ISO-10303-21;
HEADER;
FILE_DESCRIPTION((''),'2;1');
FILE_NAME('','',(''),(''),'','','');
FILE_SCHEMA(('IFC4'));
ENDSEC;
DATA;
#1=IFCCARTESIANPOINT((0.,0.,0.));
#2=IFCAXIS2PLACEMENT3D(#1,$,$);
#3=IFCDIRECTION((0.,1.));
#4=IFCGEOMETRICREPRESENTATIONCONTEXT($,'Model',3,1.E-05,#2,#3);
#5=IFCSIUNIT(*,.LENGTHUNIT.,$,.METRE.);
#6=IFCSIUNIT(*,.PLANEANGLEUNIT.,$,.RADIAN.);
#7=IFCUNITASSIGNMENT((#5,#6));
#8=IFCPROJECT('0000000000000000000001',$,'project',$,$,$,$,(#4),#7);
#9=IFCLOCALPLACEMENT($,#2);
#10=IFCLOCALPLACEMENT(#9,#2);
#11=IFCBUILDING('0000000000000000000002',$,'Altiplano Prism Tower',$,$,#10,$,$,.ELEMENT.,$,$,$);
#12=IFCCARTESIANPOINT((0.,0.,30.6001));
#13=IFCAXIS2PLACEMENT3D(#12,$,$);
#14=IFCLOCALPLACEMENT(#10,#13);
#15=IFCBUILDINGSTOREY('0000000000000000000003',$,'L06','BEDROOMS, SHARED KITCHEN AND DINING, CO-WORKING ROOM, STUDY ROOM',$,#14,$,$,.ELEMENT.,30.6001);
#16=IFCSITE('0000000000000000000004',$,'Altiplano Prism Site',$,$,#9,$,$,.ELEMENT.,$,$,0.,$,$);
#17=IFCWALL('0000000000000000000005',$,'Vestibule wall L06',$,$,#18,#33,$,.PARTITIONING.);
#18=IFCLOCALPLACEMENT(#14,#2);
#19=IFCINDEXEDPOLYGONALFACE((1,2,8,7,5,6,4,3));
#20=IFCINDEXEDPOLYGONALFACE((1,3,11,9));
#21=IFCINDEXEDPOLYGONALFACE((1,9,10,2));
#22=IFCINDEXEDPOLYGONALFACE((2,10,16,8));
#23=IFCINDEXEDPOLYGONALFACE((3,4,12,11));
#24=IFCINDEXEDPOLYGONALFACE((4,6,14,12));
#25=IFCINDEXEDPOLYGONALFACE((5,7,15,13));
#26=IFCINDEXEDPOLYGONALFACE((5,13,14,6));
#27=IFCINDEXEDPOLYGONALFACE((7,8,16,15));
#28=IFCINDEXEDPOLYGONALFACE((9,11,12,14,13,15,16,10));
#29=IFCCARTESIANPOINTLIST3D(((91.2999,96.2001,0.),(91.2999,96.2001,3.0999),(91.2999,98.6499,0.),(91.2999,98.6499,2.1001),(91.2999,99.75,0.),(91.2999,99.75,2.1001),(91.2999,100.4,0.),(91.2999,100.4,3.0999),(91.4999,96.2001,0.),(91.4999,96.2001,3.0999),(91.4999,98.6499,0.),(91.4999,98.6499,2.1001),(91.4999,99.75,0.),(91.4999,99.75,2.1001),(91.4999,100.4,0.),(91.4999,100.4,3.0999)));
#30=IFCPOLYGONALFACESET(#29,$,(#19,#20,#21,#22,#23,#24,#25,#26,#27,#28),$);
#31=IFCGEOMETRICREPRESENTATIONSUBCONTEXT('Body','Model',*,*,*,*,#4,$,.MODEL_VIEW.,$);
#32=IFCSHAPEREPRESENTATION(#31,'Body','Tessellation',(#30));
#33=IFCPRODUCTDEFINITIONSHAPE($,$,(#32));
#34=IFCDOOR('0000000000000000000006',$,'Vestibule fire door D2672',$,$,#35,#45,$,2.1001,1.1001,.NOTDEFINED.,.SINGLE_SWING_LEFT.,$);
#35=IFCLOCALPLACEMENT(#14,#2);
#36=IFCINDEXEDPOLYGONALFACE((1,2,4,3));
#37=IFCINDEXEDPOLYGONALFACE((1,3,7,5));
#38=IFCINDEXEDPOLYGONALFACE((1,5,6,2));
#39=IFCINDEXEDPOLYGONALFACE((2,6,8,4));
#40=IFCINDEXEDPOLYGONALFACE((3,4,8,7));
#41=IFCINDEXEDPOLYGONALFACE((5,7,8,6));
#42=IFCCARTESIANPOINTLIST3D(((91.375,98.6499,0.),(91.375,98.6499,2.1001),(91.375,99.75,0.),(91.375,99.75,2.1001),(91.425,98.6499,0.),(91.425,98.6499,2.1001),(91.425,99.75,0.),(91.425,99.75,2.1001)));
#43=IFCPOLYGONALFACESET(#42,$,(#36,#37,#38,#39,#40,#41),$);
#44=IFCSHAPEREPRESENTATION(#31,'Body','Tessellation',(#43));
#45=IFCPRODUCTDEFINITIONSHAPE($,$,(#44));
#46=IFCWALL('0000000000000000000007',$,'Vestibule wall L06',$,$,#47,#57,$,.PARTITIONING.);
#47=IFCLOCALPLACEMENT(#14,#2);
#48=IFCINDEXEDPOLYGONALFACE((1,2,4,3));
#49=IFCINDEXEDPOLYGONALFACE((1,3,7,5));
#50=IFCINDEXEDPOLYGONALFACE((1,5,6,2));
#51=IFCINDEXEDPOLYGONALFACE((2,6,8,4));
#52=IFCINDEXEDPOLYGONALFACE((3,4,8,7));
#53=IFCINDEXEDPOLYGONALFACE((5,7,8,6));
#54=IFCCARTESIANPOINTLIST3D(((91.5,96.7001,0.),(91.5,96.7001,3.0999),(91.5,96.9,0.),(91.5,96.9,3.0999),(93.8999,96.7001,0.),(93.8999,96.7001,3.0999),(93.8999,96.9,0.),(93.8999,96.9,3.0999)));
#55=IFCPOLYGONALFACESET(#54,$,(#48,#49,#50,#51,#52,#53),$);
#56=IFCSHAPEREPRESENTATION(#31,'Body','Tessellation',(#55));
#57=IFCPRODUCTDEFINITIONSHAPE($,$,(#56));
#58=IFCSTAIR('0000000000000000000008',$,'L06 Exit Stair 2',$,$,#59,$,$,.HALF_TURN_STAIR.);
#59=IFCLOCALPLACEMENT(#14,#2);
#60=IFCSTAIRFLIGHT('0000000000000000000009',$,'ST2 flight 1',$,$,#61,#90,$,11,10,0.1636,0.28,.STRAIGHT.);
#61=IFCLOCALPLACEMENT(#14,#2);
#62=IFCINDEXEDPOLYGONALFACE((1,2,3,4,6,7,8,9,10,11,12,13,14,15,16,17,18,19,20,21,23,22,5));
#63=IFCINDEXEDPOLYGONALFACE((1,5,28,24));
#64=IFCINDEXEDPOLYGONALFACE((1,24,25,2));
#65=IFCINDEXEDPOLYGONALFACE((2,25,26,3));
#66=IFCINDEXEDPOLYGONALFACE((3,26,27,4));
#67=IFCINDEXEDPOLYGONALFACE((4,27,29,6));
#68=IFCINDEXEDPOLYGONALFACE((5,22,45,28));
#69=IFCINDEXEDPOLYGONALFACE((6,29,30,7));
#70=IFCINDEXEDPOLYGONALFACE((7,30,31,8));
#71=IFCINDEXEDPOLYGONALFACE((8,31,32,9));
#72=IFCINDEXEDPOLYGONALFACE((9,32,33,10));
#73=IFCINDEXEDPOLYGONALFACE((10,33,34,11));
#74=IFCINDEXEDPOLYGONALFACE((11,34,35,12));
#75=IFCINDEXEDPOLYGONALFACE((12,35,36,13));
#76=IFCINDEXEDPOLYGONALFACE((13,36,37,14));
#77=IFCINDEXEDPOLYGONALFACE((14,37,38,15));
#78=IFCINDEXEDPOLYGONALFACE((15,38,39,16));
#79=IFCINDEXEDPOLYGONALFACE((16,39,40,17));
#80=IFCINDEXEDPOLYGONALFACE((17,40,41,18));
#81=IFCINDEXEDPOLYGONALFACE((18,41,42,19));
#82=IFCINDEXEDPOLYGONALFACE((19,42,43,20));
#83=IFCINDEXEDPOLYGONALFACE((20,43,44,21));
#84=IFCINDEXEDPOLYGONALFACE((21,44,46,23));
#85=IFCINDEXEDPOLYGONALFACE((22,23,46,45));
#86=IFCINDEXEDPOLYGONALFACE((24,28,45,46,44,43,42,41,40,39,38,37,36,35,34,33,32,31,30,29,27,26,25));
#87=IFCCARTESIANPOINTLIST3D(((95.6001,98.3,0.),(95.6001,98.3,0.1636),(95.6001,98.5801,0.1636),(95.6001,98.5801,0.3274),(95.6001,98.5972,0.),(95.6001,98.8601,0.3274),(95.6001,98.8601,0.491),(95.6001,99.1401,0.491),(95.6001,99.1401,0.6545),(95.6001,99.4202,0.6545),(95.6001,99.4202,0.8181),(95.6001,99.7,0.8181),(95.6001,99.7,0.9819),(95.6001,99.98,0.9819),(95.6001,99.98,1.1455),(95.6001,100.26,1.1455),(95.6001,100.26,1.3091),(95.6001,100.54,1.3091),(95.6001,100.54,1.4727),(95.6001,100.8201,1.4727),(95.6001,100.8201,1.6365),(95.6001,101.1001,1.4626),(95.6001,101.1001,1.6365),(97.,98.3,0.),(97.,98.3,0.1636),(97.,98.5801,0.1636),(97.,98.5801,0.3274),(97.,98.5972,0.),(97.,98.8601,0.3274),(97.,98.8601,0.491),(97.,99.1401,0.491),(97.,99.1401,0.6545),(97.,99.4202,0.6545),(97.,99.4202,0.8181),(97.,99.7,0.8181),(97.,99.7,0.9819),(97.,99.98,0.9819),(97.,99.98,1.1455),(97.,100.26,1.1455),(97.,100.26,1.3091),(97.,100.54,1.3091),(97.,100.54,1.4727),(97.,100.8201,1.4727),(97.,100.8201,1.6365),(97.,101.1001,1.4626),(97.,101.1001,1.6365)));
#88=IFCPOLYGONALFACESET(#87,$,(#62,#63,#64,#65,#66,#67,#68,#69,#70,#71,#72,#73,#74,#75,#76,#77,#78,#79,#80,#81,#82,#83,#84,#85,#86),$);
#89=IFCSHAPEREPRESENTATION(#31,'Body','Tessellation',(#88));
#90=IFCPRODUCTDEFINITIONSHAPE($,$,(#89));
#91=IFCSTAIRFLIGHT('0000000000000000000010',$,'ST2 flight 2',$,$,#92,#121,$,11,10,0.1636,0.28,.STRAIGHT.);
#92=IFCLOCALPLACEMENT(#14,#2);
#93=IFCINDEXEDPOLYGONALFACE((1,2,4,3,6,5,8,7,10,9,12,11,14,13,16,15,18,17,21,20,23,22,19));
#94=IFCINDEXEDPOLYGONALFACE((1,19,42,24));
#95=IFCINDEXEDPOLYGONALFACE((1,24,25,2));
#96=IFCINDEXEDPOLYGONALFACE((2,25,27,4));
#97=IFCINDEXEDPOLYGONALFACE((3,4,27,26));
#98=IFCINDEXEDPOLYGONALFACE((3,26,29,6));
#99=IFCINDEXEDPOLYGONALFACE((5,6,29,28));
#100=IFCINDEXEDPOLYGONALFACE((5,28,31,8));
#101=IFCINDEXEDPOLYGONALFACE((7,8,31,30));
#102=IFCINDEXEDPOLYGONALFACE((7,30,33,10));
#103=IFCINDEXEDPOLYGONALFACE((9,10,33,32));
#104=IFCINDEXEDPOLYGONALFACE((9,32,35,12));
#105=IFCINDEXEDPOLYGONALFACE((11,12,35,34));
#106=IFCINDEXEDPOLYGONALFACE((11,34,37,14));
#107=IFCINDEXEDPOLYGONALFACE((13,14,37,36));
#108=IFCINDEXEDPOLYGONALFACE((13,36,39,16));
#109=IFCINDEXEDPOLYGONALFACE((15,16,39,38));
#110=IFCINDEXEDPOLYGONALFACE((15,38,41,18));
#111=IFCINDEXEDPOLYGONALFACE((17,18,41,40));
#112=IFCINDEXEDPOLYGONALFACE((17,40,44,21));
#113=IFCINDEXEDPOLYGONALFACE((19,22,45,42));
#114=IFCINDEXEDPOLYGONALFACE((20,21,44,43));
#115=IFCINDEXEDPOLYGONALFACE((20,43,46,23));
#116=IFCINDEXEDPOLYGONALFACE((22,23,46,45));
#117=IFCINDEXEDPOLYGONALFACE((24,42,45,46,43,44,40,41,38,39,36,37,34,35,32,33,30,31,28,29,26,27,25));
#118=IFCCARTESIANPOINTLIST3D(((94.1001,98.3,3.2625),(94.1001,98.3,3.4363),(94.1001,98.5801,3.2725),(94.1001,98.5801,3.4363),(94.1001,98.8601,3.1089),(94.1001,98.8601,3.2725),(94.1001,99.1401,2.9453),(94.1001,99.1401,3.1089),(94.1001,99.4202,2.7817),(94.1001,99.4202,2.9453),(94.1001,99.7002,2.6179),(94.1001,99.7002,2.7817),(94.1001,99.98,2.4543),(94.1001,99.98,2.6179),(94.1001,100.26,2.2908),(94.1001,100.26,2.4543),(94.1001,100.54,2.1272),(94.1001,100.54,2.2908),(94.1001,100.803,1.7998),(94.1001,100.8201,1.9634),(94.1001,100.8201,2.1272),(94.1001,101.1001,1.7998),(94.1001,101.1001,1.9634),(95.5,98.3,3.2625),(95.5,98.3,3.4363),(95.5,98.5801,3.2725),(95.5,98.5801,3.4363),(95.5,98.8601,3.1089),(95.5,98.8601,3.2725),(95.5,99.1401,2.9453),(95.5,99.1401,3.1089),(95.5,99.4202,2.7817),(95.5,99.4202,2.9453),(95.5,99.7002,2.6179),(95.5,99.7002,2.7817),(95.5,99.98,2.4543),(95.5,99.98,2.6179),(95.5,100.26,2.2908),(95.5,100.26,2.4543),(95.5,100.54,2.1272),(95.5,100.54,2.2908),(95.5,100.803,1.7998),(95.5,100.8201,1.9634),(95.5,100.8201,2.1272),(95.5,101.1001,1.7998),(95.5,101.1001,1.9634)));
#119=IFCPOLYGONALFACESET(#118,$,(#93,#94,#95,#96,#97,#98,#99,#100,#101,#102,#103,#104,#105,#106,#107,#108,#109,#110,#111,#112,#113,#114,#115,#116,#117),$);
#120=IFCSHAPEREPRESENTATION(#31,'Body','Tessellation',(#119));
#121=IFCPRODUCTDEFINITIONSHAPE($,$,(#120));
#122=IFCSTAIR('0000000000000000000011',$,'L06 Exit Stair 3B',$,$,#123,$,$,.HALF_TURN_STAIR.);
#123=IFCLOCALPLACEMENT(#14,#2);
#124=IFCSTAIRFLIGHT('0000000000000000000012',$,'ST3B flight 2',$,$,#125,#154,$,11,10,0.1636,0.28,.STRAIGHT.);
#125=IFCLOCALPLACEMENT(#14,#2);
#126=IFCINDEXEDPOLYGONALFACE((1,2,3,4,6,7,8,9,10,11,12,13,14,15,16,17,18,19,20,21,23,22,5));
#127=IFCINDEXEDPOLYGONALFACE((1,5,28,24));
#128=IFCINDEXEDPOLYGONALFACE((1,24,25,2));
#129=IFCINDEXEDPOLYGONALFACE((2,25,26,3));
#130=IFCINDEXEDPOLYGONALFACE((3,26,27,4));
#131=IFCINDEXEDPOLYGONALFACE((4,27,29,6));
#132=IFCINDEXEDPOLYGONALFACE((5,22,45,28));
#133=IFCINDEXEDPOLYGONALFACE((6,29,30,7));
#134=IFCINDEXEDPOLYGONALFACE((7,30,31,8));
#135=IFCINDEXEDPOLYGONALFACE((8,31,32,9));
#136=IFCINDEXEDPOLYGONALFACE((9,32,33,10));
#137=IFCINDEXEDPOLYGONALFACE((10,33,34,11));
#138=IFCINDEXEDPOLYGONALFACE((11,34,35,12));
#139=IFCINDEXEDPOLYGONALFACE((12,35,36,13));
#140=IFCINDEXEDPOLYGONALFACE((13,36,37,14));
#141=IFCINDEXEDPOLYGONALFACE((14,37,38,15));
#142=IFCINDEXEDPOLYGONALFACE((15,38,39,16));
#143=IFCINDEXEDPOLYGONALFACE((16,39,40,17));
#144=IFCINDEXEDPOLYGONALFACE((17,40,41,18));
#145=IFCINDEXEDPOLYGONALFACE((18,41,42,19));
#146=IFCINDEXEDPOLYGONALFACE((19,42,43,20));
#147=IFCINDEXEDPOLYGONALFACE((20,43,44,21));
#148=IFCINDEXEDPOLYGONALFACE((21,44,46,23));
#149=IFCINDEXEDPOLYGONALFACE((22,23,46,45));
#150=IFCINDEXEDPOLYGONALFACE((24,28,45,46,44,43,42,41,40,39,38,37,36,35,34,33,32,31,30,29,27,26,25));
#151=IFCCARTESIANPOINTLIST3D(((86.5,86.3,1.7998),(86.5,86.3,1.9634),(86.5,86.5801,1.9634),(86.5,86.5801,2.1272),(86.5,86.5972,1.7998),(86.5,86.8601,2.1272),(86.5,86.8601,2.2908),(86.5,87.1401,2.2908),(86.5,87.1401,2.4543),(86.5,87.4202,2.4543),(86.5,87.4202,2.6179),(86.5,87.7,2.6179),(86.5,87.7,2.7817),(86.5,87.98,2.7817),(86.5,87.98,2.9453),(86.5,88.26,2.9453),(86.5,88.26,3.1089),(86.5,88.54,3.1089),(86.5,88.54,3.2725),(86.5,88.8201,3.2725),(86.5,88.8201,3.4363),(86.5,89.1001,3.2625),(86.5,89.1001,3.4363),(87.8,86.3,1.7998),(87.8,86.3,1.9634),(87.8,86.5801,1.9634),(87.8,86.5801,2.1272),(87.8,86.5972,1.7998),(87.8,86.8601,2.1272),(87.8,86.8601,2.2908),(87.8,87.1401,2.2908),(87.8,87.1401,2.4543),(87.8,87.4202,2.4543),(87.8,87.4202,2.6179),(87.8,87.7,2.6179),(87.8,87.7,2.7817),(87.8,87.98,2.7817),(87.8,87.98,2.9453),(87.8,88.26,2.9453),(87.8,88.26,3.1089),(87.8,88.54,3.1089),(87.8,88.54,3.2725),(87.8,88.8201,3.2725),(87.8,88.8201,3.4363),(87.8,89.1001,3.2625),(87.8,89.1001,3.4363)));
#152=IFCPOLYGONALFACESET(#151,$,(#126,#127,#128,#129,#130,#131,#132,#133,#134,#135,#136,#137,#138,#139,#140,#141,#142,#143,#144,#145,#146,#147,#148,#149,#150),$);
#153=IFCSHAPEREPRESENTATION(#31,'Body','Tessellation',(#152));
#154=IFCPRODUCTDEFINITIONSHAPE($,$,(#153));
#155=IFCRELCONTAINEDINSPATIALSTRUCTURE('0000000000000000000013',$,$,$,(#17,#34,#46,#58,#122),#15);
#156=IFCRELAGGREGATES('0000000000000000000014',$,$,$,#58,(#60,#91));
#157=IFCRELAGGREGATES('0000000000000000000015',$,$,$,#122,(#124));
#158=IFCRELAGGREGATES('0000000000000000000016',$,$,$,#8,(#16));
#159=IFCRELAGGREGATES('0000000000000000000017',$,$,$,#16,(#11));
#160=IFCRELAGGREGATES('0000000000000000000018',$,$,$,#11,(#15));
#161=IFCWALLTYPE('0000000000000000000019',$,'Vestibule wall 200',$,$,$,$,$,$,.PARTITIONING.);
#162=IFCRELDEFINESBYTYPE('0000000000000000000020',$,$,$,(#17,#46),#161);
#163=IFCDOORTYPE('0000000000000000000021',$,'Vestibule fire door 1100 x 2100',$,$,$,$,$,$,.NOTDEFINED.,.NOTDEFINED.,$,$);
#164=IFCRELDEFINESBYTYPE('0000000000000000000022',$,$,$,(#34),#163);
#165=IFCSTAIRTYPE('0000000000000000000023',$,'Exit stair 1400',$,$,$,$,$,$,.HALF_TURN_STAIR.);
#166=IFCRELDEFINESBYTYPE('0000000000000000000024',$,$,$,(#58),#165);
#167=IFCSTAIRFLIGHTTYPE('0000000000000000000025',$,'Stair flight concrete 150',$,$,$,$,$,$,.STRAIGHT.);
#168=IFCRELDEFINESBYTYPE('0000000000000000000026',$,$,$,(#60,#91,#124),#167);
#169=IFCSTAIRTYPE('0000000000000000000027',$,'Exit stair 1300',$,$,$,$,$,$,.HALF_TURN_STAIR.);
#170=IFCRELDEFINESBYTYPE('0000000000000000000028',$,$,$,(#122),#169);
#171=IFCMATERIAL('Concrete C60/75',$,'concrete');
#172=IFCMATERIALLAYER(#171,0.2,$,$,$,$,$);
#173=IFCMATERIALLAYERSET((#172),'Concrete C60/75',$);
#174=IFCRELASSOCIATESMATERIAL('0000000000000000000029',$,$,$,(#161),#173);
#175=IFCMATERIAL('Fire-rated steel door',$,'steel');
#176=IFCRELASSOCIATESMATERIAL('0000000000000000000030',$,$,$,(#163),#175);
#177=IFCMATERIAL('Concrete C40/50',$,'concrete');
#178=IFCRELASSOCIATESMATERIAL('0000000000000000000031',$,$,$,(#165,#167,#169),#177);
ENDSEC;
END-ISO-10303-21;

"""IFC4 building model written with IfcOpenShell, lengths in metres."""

from ifc_helpers import new_model, si_unit, direction, frame, frame_2d, origin, place, context, subcontext, project, spatial, polyline, rectangle, outline, extrude, material, layer, layer_set, type_object, element, fill, aggregate, save


model = new_model("IFC4")

# Units and contexts
model_context = context("Model", 3, precision=1e-05, world=origin(), true_north=direction((0.0, 1.0)))
body_context = subcontext(model_context, "Body", "Model", "MODEL_VIEW")
ifc_project = project(units=[si_unit("LENGTHUNIT", "METRE"), si_unit("PLANEANGLEUNIT", "RADIAN")], contexts=[model_context])

# Site, building, storey
site_placement = place(None, origin())
site = spatial("IfcSite", under=ifc_project, at=site_placement, Name="Altiplano Prism Site", CompositionType="ELEMENT", RefElevation=0.0)
building_placement = place(site_placement, origin())
building = spatial("IfcBuilding", under=site, at=building_placement, Name="Altiplano Prism Tower", CompositionType="ELEMENT")
storey_placement = place(building_placement, frame((0.0, 0.0, 30.6001)))
storey = spatial("IfcBuildingStorey", under=building, at=storey_placement, Name="L06", Description="BEDROOMS, SHARED KITCHEN AND DINING, CO-WORKING ROOM, STUDY ROOM", CompositionType="ELEMENT", Elevation=30.6001)

# Shared definitions
ifc_material_1 = material(Name="Concrete C60/75", Category="concrete")

# Shared definitions
ifc_material_2 = material(Name="Fire-rated steel door", Category="steel")

# Shared definitions
ifc_layer_1 = layer(ifc_material_1, 0.2)
ifc_layer_set_1 = layer_set([ifc_layer_1], Name="Concrete C60/75")
wall_type_1 = type_object("IfcWallType", Name="Vestibule wall 200", PredefinedType="PARTITIONING", material=ifc_layer_set_1)
door_type_1 = type_object("IfcDoorType", Name="Vestibule fire door 1100 x 2100", OperationType="NOTDEFINED", PredefinedType="NOTDEFINED", material=ifc_material_2)

# Wall, opening, door
wall_1_placement = place(storey_placement, frame((91.3999, 96.2, 0.0), z_axis=(0.0, 0.0, 1.0), x_axis=(0.0, 1.0, 0.0)))
wall_1 = element("IfcWall", 1, at=wall_1_placement, inside=storey, type_object=wall_type_1, Name="Vestibule wall L06", PredefinedType="PARTITIONING", context=body_context, shape_type="SweptSolid", body=[
    extrude(rectangle(XDim=4.2, YDim=0.2, at=frame_2d((2.1001, 0.0))), origin(), (0.0, 0.0, 1.0), 3.0999),
])
opening_1_placement = place(wall_1_placement, frame((2.45, 0.0, 0.0)))
opening_1 = element("IfcOpeningElement", 2, at=opening_1_placement, cuts=wall_1, PredefinedType="OPENING", context=body_context, shape_type="SweptSolid", body=[
    extrude(rectangle(XDim=1.1001, YDim=2.1001, at=frame_2d((0.55, 1.05))), frame((0.0, 0.1104, 0.0), z_axis=(0.0, -1.0, 0.0), x_axis=(1.0, 0.0, 0.0)), (0.0, 0.0, 1.0), 0.2209),
])
door_1_placement = place(opening_1_placement, origin())
door_1 = element("IfcDoor", 3, at=door_1_placement, inside=storey, type_object=door_type_1, Name="Vestibule fire door D2672", OperationType="SINGLE_SWING_LEFT", OverallHeight=2.1001, OverallWidth=1.1001, PredefinedType="NOTDEFINED", context=body_context, shape_type="SweptSolid", body=[
    extrude(rectangle(XDim=1.1001, YDim=2.1001, at=frame_2d((0.55, 1.05))), frame((0.0, 0.0249, 0.0), z_axis=(0.0, -1.0, 0.0), x_axis=(1.0, 0.0, 0.0)), (0.0, 0.0, 1.0), 0.05),
])
fill(opening_1, door_1)

# Wall
wall_2_placement = place(storey_placement, frame((91.5, 96.8, 0.0), z_axis=(0.0, 0.0, 1.0), x_axis=(1.0, 0.0, 0.0)))
element("IfcWall", 4, at=wall_2_placement, inside=storey, type_object=wall_type_1, Name="Vestibule wall L06", PredefinedType="PARTITIONING", context=body_context, shape_type="SweptSolid", body=[
    extrude(rectangle(XDim=2.3999, YDim=0.2, at=frame_2d((1.2, 0.0))), origin(), (0.0, 0.0, 1.0), 3.0999),
])

# Stair, stair flights
ifc_material_3 = material(Name="Concrete C40/50", Category="concrete")
stair_type_1 = type_object("IfcStairType", Name="Exit stair 1400", PredefinedType="HALF_TURN_STAIR", material=ifc_material_3)
stair_1_placement = place(storey_placement, origin())
stair_1 = element("IfcStair", 5, at=stair_1_placement, inside=storey, type_object=stair_type_1, Name="L06 Exit Stair 2", PredefinedType="HALF_TURN_STAIR")
stair_flight_type = type_object("IfcStairFlightType", Name="Stair flight concrete 150", PredefinedType="STRAIGHT", material=ifc_material_3)
stair_flight_1_placement = place(storey_placement, frame((96.3, 98.3, 0.0), z_axis=(0.0, 0.0, 1.0), x_axis=(0.0, 1.0, 0.0)))
stair_flight_1 = element("IfcStairFlight", 6, at=stair_flight_1_placement, type_object=stair_flight_type, Name="ST2 flight 1", NumberOfRisers=11, NumberOfTreads=10, PredefinedType="STRAIGHT", RiserHeight=0.1636, TreadLength=0.28, context=body_context, shape_type="SweptSolid", body=[
    extrude(outline(polyline([(0.0, 0.0), (0.0, 0.1636), (0.28, 0.1636), (0.28, 0.3274), (0.5601, 0.3274), (0.5601, 0.491), (0.8401, 0.491), (0.8401, 0.6545), (1.1201, 0.6545), (1.1201, 0.8181), (1.3999, 0.8181), (1.3999, 0.9819), (1.6799, 0.9819), (1.6799, 1.1455), (1.96, 1.1455), (1.96, 1.3091), (2.24, 1.3091), (2.24, 1.4727), (2.52, 1.4727), (2.52, 1.6365), (2.8, 1.6365), (2.8, 1.8), (2.8, 1.4626), (0.2971, 0.0), (0.0, 0.0)])), frame((0.0, 0.7, 0.0), z_axis=(0.0, -1.0, 0.0), x_axis=(1.0, 0.0, 0.0)), (0.0, 0.0, 1.0), 1.3999),
])
stair_flight_2_placement = place(storey_placement, frame((94.8, 101.1001, 1.7998), z_axis=(0.0, 0.0, 1.0), x_axis=(0.0, -1.0, 0.0)))
stair_flight_2 = element("IfcStairFlight", 7, at=stair_flight_2_placement, type_object=stair_flight_type, Name="ST2 flight 2", NumberOfRisers=11, NumberOfTreads=10, PredefinedType="STRAIGHT", RiserHeight=0.1636, TreadLength=0.28, context=body_context, shape_type="SweptSolid", body=[
    extrude(outline(polyline([(0.0, 0.0), (0.0, 0.1636), (0.28, 0.1636), (0.28, 0.3274), (0.5601, 0.3274), (0.5601, 0.491), (0.8401, 0.491), (0.8401, 0.6545), (1.1201, 0.6545), (1.1201, 0.8181), (1.3999, 0.8181), (1.3999, 0.9819), (1.6799, 0.9819), (1.6799, 1.1455), (1.96, 1.1455), (1.96, 1.3091), (2.24, 1.3091), (2.24, 1.4727), (2.52, 1.4727), (2.52, 1.6365), (2.8, 1.6365), (2.8, 1.8), (2.8, 1.4626), (0.2971, 0.0), (0.0, 0.0)])), frame((0.0, 0.7, 0.0), z_axis=(0.0, -1.0, 0.0), x_axis=(1.0, 0.0, 0.0)), (0.0, 0.0, 1.0), 1.3999),
])
aggregate(stair_1, [stair_flight_1, stair_flight_2])

# Stair, stair flight
stair_type_2 = type_object("IfcStairType", Name="Exit stair 1300", PredefinedType="HALF_TURN_STAIR", material=ifc_material_3)
stair_2_placement = place(storey_placement, origin())
stair_2 = element("IfcStair", 8, at=stair_2_placement, inside=storey, type_object=stair_type_2, Name="L06 Exit Stair 3B", PredefinedType="HALF_TURN_STAIR")
stair_flight_3_placement = place(storey_placement, frame((87.1499, 86.3, 1.7998), z_axis=(0.0, 0.0, 1.0), x_axis=(0.0, 1.0, 0.0)))
stair_flight_3 = element("IfcStairFlight", 9, at=stair_flight_3_placement, type_object=stair_flight_type, Name="ST3B flight 2", NumberOfRisers=11, NumberOfTreads=10, PredefinedType="STRAIGHT", RiserHeight=0.1636, TreadLength=0.28, context=body_context, shape_type="SweptSolid", body=[
    extrude(outline(polyline([(0.0, 0.0), (0.0, 0.1636), (0.28, 0.1636), (0.28, 0.3274), (0.5601, 0.3274), (0.5601, 0.491), (0.8401, 0.491), (0.8401, 0.6545), (1.1201, 0.6545), (1.1201, 0.8181), (1.3999, 0.8181), (1.3999, 0.9819), (1.6799, 0.9819), (1.6799, 1.1455), (1.96, 1.1455), (1.96, 1.3091), (2.24, 1.3091), (2.24, 1.4727), (2.52, 1.4727), (2.52, 1.6365), (2.8, 1.6365), (2.8, 1.8), (2.8, 1.4626), (0.2971, 0.0), (0.0, 0.0)])), frame((0.0, 0.6499, 0.0), z_axis=(0.0, -1.0, 0.0), x_axis=(1.0, 0.0, 0.0)), (0.0, 0.0, 1.0), 1.3),
])
aggregate(stair_2, [stair_flight_3])

save(model, "model.ifc")
